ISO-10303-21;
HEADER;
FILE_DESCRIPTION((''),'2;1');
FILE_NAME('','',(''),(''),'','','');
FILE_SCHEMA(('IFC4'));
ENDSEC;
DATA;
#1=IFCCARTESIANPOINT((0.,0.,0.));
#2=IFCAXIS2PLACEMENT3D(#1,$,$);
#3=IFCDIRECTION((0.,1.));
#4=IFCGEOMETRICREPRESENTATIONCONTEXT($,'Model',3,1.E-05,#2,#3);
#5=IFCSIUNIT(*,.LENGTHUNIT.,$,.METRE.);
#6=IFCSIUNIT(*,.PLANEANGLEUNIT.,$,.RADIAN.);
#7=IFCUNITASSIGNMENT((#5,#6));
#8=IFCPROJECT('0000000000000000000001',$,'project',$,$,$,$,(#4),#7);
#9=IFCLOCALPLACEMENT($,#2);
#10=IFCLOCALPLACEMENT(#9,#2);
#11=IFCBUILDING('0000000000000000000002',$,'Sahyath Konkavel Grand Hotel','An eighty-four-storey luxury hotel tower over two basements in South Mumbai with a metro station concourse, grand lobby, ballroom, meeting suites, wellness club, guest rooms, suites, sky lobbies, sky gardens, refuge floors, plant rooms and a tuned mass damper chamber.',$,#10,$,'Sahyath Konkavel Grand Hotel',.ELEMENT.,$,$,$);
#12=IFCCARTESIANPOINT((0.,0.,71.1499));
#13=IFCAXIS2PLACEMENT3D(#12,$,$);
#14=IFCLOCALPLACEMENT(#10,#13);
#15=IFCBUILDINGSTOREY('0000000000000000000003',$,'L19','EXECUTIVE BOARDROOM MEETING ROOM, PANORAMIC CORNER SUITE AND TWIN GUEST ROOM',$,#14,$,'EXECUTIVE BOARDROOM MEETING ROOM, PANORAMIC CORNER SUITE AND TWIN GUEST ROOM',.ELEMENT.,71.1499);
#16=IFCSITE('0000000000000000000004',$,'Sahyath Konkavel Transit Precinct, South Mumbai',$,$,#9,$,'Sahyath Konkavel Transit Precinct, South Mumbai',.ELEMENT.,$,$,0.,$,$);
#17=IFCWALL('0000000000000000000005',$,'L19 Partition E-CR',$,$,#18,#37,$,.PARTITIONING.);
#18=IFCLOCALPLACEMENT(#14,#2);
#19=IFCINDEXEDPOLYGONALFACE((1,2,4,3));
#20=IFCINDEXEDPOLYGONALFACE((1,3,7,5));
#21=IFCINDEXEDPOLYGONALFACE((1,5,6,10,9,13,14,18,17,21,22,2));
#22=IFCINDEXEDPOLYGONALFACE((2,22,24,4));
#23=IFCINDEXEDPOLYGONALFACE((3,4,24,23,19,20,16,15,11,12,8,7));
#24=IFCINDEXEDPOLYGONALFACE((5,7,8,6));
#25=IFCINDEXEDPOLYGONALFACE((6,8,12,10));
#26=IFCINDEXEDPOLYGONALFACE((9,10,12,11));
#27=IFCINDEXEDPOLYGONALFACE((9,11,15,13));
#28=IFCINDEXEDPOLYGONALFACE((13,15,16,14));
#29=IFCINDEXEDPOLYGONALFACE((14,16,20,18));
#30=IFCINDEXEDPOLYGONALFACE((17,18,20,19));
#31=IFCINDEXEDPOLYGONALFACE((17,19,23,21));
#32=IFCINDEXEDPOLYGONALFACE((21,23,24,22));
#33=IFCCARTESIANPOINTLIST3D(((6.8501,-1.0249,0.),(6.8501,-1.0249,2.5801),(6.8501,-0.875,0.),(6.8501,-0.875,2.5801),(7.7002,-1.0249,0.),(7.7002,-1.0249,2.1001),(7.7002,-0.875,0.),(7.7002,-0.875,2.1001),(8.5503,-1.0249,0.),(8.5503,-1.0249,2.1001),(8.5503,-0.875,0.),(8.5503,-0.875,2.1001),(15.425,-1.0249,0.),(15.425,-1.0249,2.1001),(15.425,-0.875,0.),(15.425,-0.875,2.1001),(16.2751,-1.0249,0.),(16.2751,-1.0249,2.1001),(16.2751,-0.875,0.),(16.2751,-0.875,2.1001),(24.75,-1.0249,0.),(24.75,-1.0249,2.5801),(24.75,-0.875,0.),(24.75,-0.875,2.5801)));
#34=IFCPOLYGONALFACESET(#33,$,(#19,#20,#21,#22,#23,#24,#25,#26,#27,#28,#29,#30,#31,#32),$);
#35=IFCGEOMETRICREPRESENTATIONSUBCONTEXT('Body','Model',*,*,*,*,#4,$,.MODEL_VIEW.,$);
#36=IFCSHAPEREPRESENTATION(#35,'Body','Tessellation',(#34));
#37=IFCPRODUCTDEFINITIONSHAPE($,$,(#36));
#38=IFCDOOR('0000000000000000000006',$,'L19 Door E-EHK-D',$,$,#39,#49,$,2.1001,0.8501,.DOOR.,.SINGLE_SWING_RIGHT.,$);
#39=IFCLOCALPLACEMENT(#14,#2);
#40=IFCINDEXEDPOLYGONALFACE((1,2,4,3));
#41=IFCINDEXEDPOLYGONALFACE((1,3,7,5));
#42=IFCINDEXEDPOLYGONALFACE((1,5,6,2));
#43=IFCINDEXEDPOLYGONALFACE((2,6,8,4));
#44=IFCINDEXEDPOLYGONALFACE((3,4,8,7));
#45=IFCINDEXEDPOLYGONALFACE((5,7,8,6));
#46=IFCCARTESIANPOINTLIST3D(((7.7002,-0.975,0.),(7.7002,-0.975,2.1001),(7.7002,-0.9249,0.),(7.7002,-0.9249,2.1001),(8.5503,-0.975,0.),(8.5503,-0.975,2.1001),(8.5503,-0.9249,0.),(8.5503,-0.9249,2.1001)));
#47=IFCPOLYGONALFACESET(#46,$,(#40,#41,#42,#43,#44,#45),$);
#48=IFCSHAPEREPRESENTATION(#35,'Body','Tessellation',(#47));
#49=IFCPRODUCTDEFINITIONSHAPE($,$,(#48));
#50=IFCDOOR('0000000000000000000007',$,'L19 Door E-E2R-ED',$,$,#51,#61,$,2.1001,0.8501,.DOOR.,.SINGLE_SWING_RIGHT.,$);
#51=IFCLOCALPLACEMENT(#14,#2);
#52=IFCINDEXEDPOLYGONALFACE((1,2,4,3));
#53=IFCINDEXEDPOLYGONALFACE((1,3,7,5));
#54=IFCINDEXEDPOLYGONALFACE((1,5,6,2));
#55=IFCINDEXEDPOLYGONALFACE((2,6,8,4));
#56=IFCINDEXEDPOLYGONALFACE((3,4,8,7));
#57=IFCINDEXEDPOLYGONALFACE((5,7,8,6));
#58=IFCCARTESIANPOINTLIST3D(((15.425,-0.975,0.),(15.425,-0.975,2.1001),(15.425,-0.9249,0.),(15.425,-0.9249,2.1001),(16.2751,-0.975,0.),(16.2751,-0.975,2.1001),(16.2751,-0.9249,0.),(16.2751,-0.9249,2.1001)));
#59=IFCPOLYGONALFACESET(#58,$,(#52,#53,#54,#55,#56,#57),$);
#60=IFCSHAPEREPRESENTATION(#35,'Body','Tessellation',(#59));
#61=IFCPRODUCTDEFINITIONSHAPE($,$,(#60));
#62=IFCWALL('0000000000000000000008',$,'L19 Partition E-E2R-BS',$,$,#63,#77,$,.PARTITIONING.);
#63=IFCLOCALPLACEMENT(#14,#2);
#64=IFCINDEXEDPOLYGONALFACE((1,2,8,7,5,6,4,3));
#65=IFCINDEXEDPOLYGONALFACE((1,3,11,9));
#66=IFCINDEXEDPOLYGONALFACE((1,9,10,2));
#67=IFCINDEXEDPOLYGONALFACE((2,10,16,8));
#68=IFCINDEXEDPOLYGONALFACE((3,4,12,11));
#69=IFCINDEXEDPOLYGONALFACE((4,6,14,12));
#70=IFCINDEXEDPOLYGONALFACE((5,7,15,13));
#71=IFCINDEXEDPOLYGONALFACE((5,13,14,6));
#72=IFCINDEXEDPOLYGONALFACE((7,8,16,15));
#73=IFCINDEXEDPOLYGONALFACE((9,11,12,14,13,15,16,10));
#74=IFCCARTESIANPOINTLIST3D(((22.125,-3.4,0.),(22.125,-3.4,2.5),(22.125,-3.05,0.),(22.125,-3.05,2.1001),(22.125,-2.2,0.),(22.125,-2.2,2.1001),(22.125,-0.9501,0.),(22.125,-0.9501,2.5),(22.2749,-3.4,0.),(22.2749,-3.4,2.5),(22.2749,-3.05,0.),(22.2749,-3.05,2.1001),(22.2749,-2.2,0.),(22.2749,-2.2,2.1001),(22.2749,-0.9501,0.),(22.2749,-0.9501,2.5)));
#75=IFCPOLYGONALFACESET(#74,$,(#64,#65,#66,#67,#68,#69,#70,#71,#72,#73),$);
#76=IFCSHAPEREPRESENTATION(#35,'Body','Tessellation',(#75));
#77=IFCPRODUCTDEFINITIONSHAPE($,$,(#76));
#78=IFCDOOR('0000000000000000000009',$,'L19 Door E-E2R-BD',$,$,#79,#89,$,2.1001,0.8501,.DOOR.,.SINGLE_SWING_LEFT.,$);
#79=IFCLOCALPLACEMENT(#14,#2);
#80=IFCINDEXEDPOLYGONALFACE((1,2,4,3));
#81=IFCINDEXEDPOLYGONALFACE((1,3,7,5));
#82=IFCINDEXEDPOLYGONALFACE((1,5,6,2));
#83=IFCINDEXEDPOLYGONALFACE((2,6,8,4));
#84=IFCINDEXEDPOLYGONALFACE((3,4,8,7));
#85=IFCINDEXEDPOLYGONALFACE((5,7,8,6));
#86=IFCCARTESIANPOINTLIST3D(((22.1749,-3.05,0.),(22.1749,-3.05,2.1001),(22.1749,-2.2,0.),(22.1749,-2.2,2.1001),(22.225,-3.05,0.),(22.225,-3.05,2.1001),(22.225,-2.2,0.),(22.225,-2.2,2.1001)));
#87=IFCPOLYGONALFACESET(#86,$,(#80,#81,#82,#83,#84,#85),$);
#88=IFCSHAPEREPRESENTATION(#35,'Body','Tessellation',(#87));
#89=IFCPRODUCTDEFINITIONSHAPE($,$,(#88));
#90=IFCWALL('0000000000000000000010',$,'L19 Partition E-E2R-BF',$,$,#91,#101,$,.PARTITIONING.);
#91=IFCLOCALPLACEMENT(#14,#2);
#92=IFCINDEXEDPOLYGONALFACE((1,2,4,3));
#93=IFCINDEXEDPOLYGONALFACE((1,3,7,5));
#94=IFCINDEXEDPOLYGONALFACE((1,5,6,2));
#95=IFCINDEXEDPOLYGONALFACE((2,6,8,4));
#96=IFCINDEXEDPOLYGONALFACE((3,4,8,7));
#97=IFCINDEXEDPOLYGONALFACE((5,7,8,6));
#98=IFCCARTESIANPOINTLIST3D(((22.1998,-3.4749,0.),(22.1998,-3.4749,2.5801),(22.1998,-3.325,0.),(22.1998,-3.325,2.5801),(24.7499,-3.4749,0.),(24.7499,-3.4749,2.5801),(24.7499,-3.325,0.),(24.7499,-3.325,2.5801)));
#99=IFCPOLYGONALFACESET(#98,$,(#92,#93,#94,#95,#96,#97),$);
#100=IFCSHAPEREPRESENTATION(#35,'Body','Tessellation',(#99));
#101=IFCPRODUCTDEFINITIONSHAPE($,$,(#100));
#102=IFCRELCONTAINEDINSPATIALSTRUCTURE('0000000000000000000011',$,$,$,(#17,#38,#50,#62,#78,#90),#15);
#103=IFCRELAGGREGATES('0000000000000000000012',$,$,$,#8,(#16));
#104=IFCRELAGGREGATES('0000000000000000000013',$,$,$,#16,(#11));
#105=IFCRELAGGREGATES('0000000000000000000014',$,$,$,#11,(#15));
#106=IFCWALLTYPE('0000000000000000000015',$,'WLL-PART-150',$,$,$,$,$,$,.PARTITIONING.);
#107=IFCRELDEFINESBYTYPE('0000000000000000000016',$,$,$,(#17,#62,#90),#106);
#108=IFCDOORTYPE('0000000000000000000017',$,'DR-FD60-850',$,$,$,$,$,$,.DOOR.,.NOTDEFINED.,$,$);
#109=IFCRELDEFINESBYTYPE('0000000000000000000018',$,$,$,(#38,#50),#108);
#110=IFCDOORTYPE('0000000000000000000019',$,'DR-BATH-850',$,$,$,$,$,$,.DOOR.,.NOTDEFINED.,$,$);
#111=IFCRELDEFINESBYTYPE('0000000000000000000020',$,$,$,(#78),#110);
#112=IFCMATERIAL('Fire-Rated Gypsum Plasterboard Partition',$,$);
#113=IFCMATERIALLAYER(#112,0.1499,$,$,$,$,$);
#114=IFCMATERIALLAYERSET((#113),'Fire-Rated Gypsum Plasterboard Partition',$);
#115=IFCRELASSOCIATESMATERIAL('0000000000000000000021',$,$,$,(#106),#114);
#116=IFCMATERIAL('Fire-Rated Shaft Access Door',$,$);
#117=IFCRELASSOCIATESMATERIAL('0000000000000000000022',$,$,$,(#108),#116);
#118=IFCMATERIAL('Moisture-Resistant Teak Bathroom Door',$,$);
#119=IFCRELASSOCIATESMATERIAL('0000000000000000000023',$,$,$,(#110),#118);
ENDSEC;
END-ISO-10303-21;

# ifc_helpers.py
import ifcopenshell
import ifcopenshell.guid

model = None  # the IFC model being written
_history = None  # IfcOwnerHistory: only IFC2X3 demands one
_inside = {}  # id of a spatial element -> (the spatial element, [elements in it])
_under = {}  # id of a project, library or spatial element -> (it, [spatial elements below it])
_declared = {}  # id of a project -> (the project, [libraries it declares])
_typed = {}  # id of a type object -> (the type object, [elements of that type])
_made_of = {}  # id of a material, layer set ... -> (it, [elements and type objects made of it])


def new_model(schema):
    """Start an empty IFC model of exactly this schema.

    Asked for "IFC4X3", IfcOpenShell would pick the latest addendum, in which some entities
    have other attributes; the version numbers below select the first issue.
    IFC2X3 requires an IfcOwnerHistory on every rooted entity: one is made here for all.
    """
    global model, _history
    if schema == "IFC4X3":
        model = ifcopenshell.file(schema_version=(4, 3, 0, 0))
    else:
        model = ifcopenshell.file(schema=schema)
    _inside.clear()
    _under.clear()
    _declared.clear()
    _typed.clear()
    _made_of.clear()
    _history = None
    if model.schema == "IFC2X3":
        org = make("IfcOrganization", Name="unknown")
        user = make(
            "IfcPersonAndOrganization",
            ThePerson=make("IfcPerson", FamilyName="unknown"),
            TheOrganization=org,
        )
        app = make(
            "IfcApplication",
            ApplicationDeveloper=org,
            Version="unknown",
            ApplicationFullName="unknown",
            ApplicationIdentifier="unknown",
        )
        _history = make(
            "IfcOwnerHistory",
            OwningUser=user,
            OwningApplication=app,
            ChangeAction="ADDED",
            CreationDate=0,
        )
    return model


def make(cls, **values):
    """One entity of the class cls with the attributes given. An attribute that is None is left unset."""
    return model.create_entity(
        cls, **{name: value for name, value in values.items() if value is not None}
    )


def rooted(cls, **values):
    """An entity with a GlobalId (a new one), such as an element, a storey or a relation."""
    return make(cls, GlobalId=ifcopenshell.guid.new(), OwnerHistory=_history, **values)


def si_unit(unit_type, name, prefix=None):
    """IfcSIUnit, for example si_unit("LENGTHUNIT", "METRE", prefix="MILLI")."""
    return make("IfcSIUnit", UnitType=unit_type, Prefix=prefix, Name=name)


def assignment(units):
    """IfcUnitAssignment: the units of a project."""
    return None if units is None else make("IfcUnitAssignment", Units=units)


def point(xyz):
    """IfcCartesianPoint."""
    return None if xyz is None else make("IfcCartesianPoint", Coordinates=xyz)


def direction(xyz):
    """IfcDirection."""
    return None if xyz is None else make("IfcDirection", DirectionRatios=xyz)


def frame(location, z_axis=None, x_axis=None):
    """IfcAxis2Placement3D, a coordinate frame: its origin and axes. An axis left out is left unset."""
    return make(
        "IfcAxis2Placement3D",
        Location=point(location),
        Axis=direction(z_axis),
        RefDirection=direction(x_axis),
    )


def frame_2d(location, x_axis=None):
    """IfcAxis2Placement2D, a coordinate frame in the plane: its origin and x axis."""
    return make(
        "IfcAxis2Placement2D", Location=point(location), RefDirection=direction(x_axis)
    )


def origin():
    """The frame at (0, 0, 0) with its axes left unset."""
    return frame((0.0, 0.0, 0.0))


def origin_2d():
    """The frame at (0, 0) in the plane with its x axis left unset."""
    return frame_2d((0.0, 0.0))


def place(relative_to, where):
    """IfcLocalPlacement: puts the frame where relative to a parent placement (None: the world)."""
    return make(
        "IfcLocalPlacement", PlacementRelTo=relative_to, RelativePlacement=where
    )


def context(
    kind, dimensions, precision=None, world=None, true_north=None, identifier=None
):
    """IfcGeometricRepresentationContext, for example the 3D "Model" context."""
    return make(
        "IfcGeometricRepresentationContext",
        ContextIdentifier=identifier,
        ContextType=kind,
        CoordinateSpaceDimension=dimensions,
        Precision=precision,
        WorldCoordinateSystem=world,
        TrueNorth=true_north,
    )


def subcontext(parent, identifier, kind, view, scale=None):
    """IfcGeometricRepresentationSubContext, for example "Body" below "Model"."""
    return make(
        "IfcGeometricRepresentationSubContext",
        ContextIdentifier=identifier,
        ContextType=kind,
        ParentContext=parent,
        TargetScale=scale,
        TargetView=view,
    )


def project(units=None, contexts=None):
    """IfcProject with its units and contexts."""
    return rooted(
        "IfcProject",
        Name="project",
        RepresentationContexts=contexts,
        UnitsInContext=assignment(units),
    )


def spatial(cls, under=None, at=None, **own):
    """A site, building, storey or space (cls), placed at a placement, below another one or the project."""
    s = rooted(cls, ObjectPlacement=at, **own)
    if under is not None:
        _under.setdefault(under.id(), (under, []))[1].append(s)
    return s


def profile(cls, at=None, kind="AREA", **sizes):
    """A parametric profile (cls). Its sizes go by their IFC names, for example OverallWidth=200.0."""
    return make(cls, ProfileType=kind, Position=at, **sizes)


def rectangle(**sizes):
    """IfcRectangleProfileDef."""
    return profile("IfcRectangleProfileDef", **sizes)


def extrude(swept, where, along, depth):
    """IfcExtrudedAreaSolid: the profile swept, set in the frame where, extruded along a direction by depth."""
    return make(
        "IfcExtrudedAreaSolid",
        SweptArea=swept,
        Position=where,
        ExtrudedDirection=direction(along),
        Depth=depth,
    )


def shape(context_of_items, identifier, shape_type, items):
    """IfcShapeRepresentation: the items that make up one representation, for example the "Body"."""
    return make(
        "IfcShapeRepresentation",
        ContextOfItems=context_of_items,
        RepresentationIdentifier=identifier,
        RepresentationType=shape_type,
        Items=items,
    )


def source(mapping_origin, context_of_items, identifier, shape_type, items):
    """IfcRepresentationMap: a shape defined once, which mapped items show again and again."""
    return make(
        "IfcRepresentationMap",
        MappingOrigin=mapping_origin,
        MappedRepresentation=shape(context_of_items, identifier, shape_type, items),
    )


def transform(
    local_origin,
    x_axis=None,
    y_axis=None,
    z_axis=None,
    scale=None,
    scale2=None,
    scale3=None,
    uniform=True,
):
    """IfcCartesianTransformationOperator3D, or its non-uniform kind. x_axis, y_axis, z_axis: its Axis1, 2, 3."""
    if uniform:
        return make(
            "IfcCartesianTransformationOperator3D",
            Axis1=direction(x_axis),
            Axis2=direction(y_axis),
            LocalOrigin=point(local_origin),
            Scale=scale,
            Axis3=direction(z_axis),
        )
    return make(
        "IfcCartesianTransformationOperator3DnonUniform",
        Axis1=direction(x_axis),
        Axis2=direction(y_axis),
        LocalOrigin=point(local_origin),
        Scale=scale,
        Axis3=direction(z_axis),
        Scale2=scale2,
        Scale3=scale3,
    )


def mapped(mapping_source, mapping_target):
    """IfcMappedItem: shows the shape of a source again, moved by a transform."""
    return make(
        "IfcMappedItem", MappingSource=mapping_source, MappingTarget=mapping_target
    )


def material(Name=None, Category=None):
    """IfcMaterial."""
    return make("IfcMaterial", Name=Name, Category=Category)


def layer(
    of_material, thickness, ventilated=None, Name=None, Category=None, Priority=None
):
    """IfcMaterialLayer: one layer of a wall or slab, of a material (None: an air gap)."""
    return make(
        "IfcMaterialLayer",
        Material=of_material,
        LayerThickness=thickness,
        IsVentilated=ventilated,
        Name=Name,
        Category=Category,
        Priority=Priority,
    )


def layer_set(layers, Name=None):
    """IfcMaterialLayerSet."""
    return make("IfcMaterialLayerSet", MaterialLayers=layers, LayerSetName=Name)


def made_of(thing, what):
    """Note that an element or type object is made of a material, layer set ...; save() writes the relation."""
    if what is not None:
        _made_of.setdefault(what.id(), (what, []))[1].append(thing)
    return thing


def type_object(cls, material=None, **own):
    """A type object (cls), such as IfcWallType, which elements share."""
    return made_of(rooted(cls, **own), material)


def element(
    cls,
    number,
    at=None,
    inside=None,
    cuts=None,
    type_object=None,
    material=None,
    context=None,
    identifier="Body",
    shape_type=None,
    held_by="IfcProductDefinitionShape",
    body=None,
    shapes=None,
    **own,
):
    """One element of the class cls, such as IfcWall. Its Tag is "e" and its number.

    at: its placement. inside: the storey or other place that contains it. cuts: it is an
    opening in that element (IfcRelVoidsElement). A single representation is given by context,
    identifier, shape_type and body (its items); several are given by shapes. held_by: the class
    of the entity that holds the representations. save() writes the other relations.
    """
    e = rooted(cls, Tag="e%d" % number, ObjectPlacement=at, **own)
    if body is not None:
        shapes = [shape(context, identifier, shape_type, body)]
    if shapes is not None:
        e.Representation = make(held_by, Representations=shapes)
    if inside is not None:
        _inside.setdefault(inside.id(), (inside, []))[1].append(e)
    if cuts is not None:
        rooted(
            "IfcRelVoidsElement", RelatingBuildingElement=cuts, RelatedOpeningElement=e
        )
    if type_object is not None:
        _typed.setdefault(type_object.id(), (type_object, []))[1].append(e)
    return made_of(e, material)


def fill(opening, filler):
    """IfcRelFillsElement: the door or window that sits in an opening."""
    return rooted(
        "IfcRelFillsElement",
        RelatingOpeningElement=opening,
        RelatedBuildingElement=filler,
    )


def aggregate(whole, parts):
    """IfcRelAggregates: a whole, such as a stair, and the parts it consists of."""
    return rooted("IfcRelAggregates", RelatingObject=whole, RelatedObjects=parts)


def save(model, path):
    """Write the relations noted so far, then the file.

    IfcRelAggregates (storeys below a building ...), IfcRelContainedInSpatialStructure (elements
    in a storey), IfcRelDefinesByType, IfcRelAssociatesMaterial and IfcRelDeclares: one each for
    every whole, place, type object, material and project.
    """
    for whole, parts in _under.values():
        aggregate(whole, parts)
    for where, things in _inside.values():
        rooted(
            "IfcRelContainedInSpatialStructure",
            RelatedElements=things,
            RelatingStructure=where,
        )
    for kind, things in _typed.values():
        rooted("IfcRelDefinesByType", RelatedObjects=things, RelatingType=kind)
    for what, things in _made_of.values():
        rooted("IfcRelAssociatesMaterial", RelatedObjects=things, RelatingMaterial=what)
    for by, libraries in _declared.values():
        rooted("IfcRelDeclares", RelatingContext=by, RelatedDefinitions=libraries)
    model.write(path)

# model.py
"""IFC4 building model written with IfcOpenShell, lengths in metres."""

from ifc_helpers import new_model, si_unit, direction, frame, frame_2d, origin, origin_2d, place, context, subcontext, project, spatial, rectangle, extrude, source, transform, mapped, material, layer, layer_set, type_object, element, fill, save


model = new_model("IFC4")

# Units and contexts
model_context = context("Model", 3, precision=1e-05, world=origin(), true_north=direction((0.0, 1.0)))
body_context = subcontext(model_context, "Body", "Model", "MODEL_VIEW")
ifc_project = project(units=[si_unit("LENGTHUNIT", "METRE"), si_unit("PLANEANGLEUNIT", "RADIAN")], contexts=[model_context])

# Site, building, storey
site_placement = place(None, origin())
site = spatial("IfcSite", under=ifc_project, at=site_placement, Name="Sahyath Konkavel Transit Precinct, South Mumbai", LongName="Sahyath Konkavel Transit Precinct, South Mumbai", CompositionType="ELEMENT", RefElevation=0.0)
building_placement = place(site_placement, origin())
building = spatial("IfcBuilding", under=site, at=building_placement, Name="Sahyath Konkavel Grand Hotel", Description="An eighty-four-storey luxury hotel tower over two basements in South Mumbai with a metro station concourse, grand lobby, ballroom, meeting suites, wellness club, guest rooms, suites, sky lobbies, sky gardens, refuge floors, plant rooms and a tuned mass damper chamber.", LongName="Sahyath Konkavel Grand Hotel", CompositionType="ELEMENT")
storey_placement = place(building_placement, frame((0.0, 0.0, 71.1499)))
storey = spatial("IfcBuildingStorey", under=building, at=storey_placement, Name="L19", Description="EXECUTIVE BOARDROOM MEETING ROOM, PANORAMIC CORNER SUITE AND TWIN GUEST ROOM", LongName="EXECUTIVE BOARDROOM MEETING ROOM, PANORAMIC CORNER SUITE AND TWIN GUEST ROOM", CompositionType="ELEMENT", Elevation=71.1499)

# Wall, openings, doors
ifc_material_1 = material(Name="Fire-Rated Gypsum Plasterboard Partition")
ifc_layer_1 = layer(ifc_material_1, 0.1499)
ifc_layer_set_1 = layer_set([ifc_layer_1], Name="Fire-Rated Gypsum Plasterboard Partition")
wall_type_1 = type_object("IfcWallType", Name="WLL-PART-150", PredefinedType="PARTITIONING", material=ifc_layer_set_1)
wall_1_placement = place(storey_placement, frame((6.8501, -0.95, 0.0), z_axis=(0.0, 0.0, 1.0), x_axis=(1.0, 0.0, 0.0)))
wall_1 = element("IfcWall", 1, at=wall_1_placement, inside=storey, type_object=wall_type_1, Name="L19 Partition E-CR", PredefinedType="PARTITIONING", context=body_context, shape_type="SweptSolid", body=[
    extrude(rectangle(XDim=17.8999, YDim=0.1499, at=frame_2d((8.95, 0.0))), origin(), (0.0, 0.0, 1.0), 2.5801),
])
opening_1_placement = place(wall_1_placement, frame((0.8501, 0.0, 0.0)))
opening_1 = element("IfcOpeningElement", 2, at=opening_1_placement, cuts=wall_1, PredefinedType="OPENING", context=body_context, shape_type="SweptSolid", body=[
    extrude(rectangle(XDim=0.8501, YDim=2.1001, at=frame_2d((0.425, 1.05))), frame((0.0, 0.085, 0.0), z_axis=(0.0, -1.0, 0.0), x_axis=(1.0, 0.0, 0.0)), (0.0, 0.0, 1.0), 0.1699),
])
opening_2_placement = place(wall_1_placement, frame((8.575, 0.0, 0.0)))
opening_2 = element("IfcOpeningElement", 3, at=opening_2_placement, cuts=wall_1, PredefinedType="OPENING", context=body_context, shape_type="SweptSolid", body=[
    extrude(rectangle(XDim=0.8501, YDim=2.1001, at=frame_2d((0.425, 1.05))), frame((0.0, 0.085, 0.0), z_axis=(0.0, -1.0, 0.0), x_axis=(1.0, 0.0, 0.0)), (0.0, 0.0, 1.0), 0.1699),
])
ifc_material_2 = material(Name="Fire-Rated Shaft Access Door")
door_type_1 = type_object("IfcDoorType", Name="DR-FD60-850", OperationType="NOTDEFINED", PredefinedType="DOOR", material=ifc_material_2)
shared_shape_1 = source(origin(), body_context, "Body", "SweptSolid", [
    extrude(rectangle(XDim=0.8501, YDim=0.05, at=origin_2d()), origin(), (0.0, 0.0, 1.0), 2.1001),
])
door_1_placement = place(opening_1_placement, frame((0.425, 0.0, 0.0)))
door_1 = element("IfcDoor", 4, at=door_1_placement, inside=storey, type_object=door_type_1, Name="L19 Door E-EHK-D", OperationType="SINGLE_SWING_RIGHT", OverallHeight=2.1001, OverallWidth=0.8501, PredefinedType="DOOR", context=body_context, shape_type="MappedRepresentation", body=[
    mapped(shared_shape_1, transform((0.0, 0.0, 0.0), scale=1.0)),
])
fill(opening_1, door_1)
door_2_placement = place(opening_2_placement, frame((0.425, 0.0, 0.0)))
door_2 = element("IfcDoor", 5, at=door_2_placement, inside=storey, type_object=door_type_1, Name="L19 Door E-E2R-ED", OperationType="SINGLE_SWING_RIGHT", OverallHeight=2.1001, OverallWidth=0.8501, PredefinedType="DOOR", context=body_context, shape_type="MappedRepresentation", body=[
    mapped(shared_shape_1, transform((0.0, 0.0, 0.0), scale=1.0)),
])
fill(opening_2, door_2)

# Wall, opening, door
wall_2_placement = place(storey_placement, frame((22.2, -0.95, 0.0), z_axis=(0.0, 0.0, 1.0), x_axis=(0.0, -1.0, 0.0)))
wall_2 = element("IfcWall", 6, at=wall_2_placement, inside=storey, type_object=wall_type_1, Name="L19 Partition E-E2R-BS", PredefinedType="PARTITIONING", context=body_context, shape_type="SweptSolid", body=[
    extrude(rectangle(XDim=2.45, YDim=0.1499, at=frame_2d((1.2251, 0.0))), origin(), (0.0, 0.0, 1.0), 2.5),
])
opening_3_placement = place(wall_2_placement, frame((1.25, 0.0, 0.0)))
opening_3 = element("IfcOpeningElement", 7, at=opening_3_placement, cuts=wall_2, PredefinedType="OPENING", context=body_context, shape_type="SweptSolid", body=[
    extrude(rectangle(XDim=0.8501, YDim=2.1001, at=frame_2d((0.425, 1.05))), frame((0.0, 0.085, 0.0), z_axis=(0.0, -1.0, 0.0), x_axis=(1.0, 0.0, 0.0)), (0.0, 0.0, 1.0), 0.1699),
])
ifc_material_3 = material(Name="Moisture-Resistant Teak Bathroom Door")
door_type_2 = type_object("IfcDoorType", Name="DR-BATH-850", OperationType="NOTDEFINED", PredefinedType="DOOR", material=ifc_material_3)
door_3_placement = place(opening_3_placement, frame((0.425, 0.0, 0.0)))
door_3 = element("IfcDoor", 8, at=door_3_placement, inside=storey, type_object=door_type_2, Name="L19 Door E-E2R-BD", OperationType="SINGLE_SWING_LEFT", OverallHeight=2.1001, OverallWidth=0.8501, PredefinedType="DOOR", context=body_context, shape_type="MappedRepresentation", body=[
    mapped(shared_shape_1, transform((0.0, 0.0, 0.0), scale=1.0)),
])
fill(opening_3, door_3)

# Wall
wall_3_placement = place(storey_placement, frame((22.2, -3.3999, 0.0), z_axis=(0.0, 0.0, 1.0), x_axis=(1.0, 0.0, 0.0)))
element("IfcWall", 9, at=wall_3_placement, inside=storey, type_object=wall_type_1, Name="L19 Partition E-E2R-BF", PredefinedType="PARTITIONING", context=body_context, shape_type="SweptSolid", body=[
    extrude(rectangle(XDim=2.55, YDim=0.1499, at=frame_2d((1.2749, 0.0))), origin(), (0.0, 0.0, 1.0), 2.5801),
])

save(model, "model.ifc")
